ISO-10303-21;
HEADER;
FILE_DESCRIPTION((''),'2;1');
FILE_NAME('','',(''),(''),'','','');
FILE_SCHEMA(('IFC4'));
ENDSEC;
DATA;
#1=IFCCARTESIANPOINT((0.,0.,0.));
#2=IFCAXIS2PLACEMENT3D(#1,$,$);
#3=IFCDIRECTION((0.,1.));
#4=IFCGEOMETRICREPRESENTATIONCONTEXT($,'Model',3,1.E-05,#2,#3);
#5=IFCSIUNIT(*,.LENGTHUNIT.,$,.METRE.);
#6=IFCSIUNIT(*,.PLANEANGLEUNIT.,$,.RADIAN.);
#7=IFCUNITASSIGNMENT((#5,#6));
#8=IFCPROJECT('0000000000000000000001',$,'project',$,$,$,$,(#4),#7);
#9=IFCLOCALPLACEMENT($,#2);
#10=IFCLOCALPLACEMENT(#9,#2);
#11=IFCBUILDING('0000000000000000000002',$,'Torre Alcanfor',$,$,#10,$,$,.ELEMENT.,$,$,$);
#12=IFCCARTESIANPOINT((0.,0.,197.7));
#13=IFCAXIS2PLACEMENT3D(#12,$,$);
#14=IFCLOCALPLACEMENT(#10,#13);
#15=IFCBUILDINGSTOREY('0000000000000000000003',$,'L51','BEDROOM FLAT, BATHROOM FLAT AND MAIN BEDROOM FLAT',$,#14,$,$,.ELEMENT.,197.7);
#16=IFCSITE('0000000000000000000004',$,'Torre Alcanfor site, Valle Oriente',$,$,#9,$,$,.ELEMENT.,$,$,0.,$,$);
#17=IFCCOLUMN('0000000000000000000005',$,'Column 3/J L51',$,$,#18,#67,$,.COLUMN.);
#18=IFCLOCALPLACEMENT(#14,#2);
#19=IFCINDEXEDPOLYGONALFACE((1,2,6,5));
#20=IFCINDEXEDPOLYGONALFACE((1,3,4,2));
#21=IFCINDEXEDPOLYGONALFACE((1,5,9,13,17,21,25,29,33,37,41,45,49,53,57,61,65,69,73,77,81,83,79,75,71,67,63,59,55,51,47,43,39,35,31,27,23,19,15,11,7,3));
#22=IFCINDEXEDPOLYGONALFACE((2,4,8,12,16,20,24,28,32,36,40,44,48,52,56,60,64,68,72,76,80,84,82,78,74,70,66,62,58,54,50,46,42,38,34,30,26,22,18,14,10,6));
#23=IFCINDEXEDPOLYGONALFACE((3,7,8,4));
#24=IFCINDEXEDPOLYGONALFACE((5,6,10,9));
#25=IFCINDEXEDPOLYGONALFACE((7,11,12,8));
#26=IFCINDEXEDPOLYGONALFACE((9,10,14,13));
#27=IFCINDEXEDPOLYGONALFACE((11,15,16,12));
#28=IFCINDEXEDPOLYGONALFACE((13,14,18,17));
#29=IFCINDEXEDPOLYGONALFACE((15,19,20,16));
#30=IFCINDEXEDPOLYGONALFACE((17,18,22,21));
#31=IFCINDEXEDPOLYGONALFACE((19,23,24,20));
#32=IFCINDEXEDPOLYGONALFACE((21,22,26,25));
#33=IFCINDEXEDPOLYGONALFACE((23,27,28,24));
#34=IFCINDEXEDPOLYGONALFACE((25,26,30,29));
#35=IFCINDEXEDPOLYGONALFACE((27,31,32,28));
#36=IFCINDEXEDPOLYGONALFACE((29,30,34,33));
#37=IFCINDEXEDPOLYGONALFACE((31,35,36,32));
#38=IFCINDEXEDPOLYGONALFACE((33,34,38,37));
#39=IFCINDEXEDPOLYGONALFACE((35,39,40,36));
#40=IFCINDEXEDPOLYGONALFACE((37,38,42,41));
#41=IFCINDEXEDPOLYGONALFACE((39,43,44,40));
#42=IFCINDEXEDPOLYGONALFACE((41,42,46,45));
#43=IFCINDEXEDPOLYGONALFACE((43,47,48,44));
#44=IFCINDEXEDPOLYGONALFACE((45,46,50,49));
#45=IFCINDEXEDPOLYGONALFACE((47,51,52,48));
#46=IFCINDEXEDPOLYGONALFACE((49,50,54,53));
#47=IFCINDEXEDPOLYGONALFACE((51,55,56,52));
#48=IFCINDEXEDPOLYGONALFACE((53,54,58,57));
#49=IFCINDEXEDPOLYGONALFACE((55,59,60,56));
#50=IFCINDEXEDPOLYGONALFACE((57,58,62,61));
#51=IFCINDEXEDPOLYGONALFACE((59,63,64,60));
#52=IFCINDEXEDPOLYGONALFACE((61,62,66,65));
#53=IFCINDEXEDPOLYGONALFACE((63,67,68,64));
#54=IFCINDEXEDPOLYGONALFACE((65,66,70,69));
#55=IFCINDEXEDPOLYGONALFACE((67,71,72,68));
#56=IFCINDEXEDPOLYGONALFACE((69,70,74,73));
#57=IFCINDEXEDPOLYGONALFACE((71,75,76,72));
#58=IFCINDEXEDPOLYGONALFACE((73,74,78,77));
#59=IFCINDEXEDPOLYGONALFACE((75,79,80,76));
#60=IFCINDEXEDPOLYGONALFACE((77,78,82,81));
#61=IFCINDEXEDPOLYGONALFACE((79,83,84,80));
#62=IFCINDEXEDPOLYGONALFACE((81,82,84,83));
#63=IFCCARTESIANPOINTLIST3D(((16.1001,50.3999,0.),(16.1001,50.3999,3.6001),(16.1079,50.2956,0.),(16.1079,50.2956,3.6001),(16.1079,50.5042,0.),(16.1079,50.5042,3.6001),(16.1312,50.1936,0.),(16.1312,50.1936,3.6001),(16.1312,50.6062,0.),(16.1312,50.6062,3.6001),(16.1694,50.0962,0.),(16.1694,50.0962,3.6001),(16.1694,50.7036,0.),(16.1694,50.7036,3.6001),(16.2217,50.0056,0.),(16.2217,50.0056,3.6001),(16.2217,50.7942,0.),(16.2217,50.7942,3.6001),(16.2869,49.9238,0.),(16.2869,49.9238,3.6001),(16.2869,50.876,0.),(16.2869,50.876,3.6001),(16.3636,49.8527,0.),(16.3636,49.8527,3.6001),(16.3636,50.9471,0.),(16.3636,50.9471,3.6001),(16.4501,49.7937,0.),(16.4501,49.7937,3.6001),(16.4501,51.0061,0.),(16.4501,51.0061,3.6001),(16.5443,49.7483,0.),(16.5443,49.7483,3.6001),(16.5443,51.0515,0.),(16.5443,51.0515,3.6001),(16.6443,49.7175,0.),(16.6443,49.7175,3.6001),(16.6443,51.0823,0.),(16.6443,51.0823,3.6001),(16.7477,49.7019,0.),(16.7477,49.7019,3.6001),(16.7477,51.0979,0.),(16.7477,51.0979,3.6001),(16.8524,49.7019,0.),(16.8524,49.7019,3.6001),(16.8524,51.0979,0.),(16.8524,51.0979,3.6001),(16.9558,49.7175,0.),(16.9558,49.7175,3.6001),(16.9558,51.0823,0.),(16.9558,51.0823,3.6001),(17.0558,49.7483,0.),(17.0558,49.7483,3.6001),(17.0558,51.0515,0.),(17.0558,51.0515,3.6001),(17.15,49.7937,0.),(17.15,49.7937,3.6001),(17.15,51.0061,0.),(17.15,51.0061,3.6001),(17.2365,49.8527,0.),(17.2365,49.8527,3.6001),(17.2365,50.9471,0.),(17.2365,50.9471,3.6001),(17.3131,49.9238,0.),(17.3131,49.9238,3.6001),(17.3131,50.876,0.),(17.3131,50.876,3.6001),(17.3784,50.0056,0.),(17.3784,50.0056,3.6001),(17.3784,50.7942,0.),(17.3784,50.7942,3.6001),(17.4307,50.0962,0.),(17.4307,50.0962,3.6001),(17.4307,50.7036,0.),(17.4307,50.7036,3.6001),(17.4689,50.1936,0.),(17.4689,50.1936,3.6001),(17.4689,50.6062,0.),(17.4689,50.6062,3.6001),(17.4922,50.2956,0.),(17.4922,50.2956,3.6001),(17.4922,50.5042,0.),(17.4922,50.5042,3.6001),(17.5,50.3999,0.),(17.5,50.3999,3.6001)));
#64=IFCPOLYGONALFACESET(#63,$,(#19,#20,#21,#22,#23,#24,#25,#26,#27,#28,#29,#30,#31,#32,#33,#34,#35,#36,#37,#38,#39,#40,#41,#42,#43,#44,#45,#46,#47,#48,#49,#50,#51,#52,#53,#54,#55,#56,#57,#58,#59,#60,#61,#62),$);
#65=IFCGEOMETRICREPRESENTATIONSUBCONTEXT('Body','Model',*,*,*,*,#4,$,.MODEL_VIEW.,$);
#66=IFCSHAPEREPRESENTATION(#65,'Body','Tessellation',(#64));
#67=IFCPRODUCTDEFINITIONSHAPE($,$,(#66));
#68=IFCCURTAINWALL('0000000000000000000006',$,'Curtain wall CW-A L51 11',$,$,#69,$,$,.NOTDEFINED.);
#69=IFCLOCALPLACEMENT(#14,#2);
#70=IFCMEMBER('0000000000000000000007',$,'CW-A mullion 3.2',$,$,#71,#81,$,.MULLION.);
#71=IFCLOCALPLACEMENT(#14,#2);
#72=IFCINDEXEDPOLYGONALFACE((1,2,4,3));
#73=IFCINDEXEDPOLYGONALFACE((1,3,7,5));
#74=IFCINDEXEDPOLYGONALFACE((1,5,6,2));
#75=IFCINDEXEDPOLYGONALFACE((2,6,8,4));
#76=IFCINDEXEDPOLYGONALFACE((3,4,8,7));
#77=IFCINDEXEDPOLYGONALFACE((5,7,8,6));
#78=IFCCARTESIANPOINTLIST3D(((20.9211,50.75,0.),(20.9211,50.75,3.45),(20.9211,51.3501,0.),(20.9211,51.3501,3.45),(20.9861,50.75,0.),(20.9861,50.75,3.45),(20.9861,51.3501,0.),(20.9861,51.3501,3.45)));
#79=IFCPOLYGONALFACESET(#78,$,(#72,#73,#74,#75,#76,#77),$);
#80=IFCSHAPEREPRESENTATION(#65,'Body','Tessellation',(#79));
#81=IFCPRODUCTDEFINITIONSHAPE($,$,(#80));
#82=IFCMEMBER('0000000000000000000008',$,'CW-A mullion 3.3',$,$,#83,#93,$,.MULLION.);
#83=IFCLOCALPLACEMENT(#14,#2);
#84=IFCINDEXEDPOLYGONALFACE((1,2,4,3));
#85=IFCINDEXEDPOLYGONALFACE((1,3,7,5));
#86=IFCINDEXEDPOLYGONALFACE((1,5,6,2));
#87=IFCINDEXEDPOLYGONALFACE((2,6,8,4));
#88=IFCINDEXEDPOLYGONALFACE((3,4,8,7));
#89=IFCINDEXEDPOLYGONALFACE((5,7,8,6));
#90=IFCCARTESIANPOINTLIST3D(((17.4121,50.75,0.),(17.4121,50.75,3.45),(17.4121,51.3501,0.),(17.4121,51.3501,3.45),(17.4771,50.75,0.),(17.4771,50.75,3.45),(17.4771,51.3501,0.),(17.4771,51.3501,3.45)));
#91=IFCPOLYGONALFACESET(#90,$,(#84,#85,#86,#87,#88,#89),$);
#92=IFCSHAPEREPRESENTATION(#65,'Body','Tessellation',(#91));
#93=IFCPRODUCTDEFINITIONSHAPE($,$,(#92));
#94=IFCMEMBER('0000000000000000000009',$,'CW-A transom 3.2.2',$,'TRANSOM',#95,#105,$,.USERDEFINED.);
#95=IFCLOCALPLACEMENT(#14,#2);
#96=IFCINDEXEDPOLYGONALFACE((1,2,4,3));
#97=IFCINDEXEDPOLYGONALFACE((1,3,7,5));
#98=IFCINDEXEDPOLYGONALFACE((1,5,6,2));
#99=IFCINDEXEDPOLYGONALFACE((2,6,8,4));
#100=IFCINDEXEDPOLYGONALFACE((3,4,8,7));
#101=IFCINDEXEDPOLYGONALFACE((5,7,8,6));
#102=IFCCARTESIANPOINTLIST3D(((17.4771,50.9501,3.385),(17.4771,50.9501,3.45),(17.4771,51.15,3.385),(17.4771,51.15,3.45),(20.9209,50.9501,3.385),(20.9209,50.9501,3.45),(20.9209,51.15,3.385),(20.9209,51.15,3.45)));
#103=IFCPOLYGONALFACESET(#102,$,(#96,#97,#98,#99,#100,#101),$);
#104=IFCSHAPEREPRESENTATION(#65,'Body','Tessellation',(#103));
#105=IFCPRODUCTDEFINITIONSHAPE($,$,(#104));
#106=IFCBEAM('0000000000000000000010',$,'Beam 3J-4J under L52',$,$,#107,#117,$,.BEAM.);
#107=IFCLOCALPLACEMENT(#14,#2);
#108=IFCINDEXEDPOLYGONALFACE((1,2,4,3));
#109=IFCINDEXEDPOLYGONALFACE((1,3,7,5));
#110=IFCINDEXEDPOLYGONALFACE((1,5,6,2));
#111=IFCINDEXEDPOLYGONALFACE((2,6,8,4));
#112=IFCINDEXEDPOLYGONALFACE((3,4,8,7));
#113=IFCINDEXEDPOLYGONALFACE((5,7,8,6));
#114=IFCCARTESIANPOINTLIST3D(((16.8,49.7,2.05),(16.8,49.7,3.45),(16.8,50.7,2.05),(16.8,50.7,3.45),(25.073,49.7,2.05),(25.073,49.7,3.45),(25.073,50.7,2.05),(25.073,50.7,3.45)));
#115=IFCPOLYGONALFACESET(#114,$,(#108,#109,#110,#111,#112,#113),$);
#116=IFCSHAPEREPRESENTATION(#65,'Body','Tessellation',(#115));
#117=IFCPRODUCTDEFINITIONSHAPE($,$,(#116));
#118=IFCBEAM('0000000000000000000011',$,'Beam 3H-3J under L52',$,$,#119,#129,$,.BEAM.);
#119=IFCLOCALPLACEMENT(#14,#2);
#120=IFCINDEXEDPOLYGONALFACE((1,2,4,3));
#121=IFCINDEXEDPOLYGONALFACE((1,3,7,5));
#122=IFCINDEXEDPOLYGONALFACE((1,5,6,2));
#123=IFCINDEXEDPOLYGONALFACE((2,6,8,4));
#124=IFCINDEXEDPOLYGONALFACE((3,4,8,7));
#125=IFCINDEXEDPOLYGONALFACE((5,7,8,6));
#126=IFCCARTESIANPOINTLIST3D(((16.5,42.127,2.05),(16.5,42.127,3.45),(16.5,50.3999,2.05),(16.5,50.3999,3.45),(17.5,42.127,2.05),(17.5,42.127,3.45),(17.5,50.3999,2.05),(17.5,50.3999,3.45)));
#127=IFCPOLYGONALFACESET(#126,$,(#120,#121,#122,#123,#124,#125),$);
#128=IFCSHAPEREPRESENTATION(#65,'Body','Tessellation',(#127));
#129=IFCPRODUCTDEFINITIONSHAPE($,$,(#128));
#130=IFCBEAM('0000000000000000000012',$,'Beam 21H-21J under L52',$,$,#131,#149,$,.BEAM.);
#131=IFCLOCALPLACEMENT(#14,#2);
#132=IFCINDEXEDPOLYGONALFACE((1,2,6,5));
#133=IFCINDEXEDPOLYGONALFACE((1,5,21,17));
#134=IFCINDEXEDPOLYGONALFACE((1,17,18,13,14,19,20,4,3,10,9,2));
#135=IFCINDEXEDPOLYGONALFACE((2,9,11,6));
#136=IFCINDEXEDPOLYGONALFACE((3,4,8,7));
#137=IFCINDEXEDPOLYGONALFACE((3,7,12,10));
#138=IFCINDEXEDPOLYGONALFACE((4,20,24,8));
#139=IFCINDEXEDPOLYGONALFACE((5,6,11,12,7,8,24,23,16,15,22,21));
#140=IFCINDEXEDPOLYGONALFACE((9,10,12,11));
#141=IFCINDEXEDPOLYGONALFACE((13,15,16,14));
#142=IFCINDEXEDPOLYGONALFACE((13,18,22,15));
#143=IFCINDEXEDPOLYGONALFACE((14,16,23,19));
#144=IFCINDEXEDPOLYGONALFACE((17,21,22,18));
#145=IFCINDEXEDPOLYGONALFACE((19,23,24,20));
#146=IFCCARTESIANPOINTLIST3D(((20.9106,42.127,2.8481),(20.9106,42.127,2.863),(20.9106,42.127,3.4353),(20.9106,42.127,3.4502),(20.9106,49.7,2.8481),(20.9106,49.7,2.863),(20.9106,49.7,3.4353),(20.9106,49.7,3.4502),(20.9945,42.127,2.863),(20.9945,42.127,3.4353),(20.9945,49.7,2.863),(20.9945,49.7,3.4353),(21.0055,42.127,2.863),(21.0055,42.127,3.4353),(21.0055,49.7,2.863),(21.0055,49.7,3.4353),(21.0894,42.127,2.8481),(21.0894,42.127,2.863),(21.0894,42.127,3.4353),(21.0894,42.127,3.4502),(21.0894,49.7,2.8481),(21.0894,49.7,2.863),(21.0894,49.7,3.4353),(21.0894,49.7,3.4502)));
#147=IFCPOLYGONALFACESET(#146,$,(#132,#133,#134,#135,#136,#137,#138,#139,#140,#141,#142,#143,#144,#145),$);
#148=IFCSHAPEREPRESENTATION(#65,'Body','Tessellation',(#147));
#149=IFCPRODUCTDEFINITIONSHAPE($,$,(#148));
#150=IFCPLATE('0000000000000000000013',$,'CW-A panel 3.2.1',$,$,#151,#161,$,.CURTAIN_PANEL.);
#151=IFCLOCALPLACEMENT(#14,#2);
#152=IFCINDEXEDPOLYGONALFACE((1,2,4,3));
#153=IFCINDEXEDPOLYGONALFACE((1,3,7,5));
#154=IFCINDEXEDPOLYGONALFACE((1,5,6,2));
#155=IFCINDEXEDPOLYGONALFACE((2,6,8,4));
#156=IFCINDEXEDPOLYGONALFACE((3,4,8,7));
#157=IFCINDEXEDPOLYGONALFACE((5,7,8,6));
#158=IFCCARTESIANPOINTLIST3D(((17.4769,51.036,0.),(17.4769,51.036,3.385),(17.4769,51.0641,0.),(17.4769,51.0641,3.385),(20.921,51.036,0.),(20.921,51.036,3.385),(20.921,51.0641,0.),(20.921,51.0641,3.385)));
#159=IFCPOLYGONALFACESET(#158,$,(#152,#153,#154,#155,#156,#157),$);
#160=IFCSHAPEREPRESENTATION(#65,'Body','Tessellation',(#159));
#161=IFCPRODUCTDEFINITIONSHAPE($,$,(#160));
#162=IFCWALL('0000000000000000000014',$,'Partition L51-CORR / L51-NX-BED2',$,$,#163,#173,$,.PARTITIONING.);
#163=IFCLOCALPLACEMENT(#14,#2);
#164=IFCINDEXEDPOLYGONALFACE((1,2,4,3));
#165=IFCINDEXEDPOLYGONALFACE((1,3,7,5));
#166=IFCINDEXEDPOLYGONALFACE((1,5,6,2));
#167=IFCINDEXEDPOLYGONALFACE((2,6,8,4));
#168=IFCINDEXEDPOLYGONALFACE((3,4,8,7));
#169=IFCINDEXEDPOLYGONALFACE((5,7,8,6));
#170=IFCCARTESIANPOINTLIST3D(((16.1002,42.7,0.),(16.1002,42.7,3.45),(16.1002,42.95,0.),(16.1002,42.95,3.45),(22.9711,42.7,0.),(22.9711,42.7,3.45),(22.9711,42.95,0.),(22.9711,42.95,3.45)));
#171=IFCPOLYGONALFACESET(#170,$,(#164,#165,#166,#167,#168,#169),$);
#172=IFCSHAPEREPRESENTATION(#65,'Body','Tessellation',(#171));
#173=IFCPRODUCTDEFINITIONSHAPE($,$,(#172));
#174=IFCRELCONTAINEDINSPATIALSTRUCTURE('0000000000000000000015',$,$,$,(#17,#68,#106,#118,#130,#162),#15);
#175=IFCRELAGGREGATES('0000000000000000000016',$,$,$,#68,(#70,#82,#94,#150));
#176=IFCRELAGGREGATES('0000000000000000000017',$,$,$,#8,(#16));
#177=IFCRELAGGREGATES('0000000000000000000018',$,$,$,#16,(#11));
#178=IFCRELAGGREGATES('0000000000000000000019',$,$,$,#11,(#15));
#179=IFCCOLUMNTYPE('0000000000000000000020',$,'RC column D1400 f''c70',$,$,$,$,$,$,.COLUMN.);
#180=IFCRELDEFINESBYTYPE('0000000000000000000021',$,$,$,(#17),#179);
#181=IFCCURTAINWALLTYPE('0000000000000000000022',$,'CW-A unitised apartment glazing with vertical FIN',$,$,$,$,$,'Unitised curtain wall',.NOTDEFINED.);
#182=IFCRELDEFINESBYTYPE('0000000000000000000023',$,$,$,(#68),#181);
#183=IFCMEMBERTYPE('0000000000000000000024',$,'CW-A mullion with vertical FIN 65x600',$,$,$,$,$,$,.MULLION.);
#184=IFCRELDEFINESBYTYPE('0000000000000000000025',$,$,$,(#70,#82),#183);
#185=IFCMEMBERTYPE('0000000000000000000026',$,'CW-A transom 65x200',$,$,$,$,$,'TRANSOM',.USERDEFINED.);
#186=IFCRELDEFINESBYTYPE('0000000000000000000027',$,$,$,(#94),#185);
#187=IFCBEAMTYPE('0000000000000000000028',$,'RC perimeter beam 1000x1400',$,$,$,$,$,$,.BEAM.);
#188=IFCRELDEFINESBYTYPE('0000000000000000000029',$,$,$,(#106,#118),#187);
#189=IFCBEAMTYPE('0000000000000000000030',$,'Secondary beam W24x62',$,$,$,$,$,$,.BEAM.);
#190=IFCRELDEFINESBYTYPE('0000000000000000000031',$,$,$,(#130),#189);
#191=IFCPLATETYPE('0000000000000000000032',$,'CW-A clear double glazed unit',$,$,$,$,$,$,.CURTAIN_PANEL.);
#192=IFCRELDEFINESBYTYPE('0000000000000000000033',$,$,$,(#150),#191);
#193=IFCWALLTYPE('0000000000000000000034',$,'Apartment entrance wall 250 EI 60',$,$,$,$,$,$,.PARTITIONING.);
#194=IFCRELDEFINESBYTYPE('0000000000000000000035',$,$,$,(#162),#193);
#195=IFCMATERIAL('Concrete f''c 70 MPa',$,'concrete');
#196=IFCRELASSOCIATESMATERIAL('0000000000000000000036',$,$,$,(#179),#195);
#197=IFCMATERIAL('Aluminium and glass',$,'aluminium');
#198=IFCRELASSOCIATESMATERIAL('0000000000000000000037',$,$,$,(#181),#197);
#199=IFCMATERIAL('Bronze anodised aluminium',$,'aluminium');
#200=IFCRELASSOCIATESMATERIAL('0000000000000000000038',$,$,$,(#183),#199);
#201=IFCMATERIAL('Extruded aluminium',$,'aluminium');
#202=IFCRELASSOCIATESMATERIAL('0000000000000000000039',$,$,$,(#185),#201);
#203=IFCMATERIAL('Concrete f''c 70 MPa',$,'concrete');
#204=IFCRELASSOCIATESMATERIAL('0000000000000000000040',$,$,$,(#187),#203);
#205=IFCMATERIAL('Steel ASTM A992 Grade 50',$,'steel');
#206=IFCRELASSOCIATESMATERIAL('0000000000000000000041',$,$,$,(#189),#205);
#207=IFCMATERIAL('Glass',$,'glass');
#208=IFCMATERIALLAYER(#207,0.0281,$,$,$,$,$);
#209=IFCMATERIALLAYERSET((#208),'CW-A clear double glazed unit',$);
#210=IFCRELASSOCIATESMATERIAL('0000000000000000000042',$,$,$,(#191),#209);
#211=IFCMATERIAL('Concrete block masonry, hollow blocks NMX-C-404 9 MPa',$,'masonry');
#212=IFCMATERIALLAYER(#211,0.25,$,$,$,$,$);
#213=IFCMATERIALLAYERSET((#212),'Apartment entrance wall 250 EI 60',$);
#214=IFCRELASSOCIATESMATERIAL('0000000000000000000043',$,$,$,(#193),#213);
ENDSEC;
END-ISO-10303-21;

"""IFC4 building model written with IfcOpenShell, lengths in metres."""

from ifc_helpers import new_model, si_unit, direction, frame, frame_2d, origin, origin_2d, place, context, subcontext, project, spatial, rectangle, circle, i_section, extrude, material, layer, layer_set, material_profile, profile_set, type_object, element, aggregate, save


model = new_model("IFC4")

# Units and contexts
model_context = context("Model", 3, precision=1e-05, world=origin(), true_north=direction((0.0, 1.0)))
body_context = subcontext(model_context, "Body", "Model", "MODEL_VIEW")
ifc_project = project(units=[si_unit("LENGTHUNIT", "METRE"), si_unit("PLANEANGLEUNIT", "RADIAN")], contexts=[model_context])

# Site, building, storey
site_placement = place(None, origin())
site = spatial("IfcSite", under=ifc_project, at=site_placement, Name="Torre Alcanfor site, Valle Oriente", CompositionType="ELEMENT", RefElevation=0.0)
building_placement = place(site_placement, origin())
building = spatial("IfcBuilding", under=site, at=building_placement, Name="Torre Alcanfor", CompositionType="ELEMENT")
storey_placement = place(building_placement, frame((0.0, 0.0, 197.7)))
storey = spatial("IfcBuildingStorey", under=building, at=storey_placement, Name="L51", Description="BEDROOM FLAT, BATHROOM FLAT AND MAIN BEDROOM FLAT", CompositionType="ELEMENT", Elevation=197.7)

# Column
ifc_material_1 = material(Name="Concrete f'c 70 MPa", Category="concrete")
ifc_material_profile_1 = material_profile(ifc_material_1, circle(Radius=0.7, at=origin_2d()), Name="D1400")
ifc_profile_set_1 = profile_set([ifc_material_profile_1], Name="Concrete f'c 70 MPa")
column_type = type_object("IfcColumnType", Name="RC column D1400 f'c70", PredefinedType="COLUMN", material=ifc_profile_set_1)
column_placement = place(storey_placement, frame((16.8, 50.3999, 0.0), z_axis=(0.0, 0.0, 1.0), x_axis=(1.0, 0.0, 0.0)))
element("IfcColumn", 1, at=column_placement, inside=storey, type_object=column_type, Name="Column 3/J L51", PredefinedType="COLUMN", context=body_context, shape_type="SweptSolid", body=[
    extrude(circle(Radius=0.7, at=origin_2d()), origin(), (0.0, 0.0, 1.0), 3.6001),
])

# Curtain wall, members
ifc_material_2 = material(Name="Aluminium and glass", Category="aluminium")
curtain_wall_type = type_object("IfcCurtainWallType", Name="CW-A unitised apartment glazing with vertical FIN", ElementType="Unitised curtain wall", PredefinedType="NOTDEFINED", material=ifc_material_2)
curtain_wall_placement = place(storey_placement, origin())
curtain_wall = element("IfcCurtainWall", 2, at=curtain_wall_placement, inside=storey, type_object=curtain_wall_type, Name="Curtain wall CW-A L51 11", PredefinedType="NOTDEFINED")
ifc_material_3 = material(Name="Bronze anodised aluminium", Category="aluminium")
ifc_material_profile_2 = material_profile(ifc_material_3, rectangle(XDim=0.6001, YDim=0.0649, at=origin_2d()), Name="CW-A mullion 65x600")
ifc_profile_set_2 = profile_set([ifc_material_profile_2], Name="Bronze anodised aluminium")
member_type_1 = type_object("IfcMemberType", Name="CW-A mullion with vertical FIN 65x600", PredefinedType="MULLION", material=ifc_profile_set_2)
member_1_placement = place(storey_placement, frame((20.9536, 51.05, 0.0), z_axis=(0.0, 0.0, 1.0), x_axis=(0.0, -1.0, 0.0)))
member_1 = element("IfcMember", 3, at=member_1_placement, type_object=member_type_1, Name="CW-A mullion 3.2", PredefinedType="MULLION", context=body_context, shape_type="SweptSolid", body=[
    extrude(rectangle(XDim=0.6001, YDim=0.0649, at=origin_2d()), origin(), (0.0, 0.0, 1.0), 3.45),
])
member_2_placement = place(storey_placement, frame((17.4446, 51.05, 0.0), z_axis=(0.0, 0.0, 1.0), x_axis=(0.0, -1.0, 0.0)))
member_2 = element("IfcMember", 4, at=member_2_placement, type_object=member_type_1, Name="CW-A mullion 3.3", PredefinedType="MULLION", context=body_context, shape_type="SweptSolid", body=[
    extrude(rectangle(XDim=0.6001, YDim=0.0649, at=origin_2d()), origin(), (0.0, 0.0, 1.0), 3.45),
])
ifc_material_4 = material(Name="Extruded aluminium", Category="aluminium")
ifc_material_profile_3 = material_profile(ifc_material_4, rectangle(XDim=0.2, YDim=0.0649, at=origin_2d()), Name="CW-A transom 200x65")
ifc_profile_set_3 = profile_set([ifc_material_profile_3], Name="Extruded aluminium")
member_type_2 = type_object("IfcMemberType", Name="CW-A transom 65x200", ElementType="TRANSOM", PredefinedType="USERDEFINED", material=ifc_profile_set_3)
member_3_placement = place(storey_placement, frame((20.9209, 51.05, 3.4175), z_axis=(-1.0, 0.0, 0.0), x_axis=(0.0, -1.0, 0.0)))
member_3 = element("IfcMember", 5, at=member_3_placement, type_object=member_type_2, Name="CW-A transom 3.2.2", ObjectType="TRANSOM", PredefinedType="USERDEFINED", context=body_context, shape_type="SweptSolid", body=[
    extrude(rectangle(XDim=0.2, YDim=0.0649, at=origin_2d()), origin(), (0.0, 0.0, 1.0), 3.4438),
])

# Beams
ifc_material_5 = material(Name="Concrete f'c 70 MPa", Category="concrete")
ifc_material_profile_4 = material_profile(ifc_material_5, rectangle(XDim=1.0, YDim=1.3999, at=origin_2d()), Name="1000x1400")
ifc_profile_set_4 = profile_set([ifc_material_profile_4], Name="Concrete f'c 70 MPa")
beam_type_1 = type_object("IfcBeamType", Name="RC perimeter beam 1000x1400", PredefinedType="BEAM", material=ifc_profile_set_4)
for number, where, z_axis, x_axis, name in (
    (6, (16.8, 50.2, 2.75), (1.0, 0.0, 0.0), (0.0, 1.0, 0.0), "Beam 3J-4J under L52"),
    (7, (17.0, 42.127, 2.75), (0.0, 1.0, 0.0), (-1.0, 0.0, 0.0), "Beam 3H-3J under L52"),
):
    element("IfcBeam", number, at=place(storey_placement, frame(where, z_axis=z_axis, x_axis=x_axis)), inside=storey, type_object=beam_type_1, Name=name, PredefinedType="BEAM", context=body_context, shape_type="SweptSolid", body=[
        extrude(rectangle(XDim=1.0, YDim=1.3999, at=origin_2d()), origin(), (0.0, 0.0, 1.0), 8.2729),
    ])
ifc_material_6 = material(Name="Steel ASTM A992 Grade 50", Category="steel")
ifc_material_profile_5 = material_profile(ifc_material_6, i_section(OverallWidth=0.1787, OverallDepth=0.6021, WebThickness=0.011, FlangeThickness=0.0149, at=origin_2d()), Name="W24x62")
ifc_profile_set_5 = profile_set([ifc_material_profile_5], Name="Steel ASTM A992 Grade 50")
beam_type_2 = type_object("IfcBeamType", Name="Secondary beam W24x62", PredefinedType="BEAM", material=ifc_profile_set_5)
beam_placement = place(storey_placement, frame((21.0, 42.127, 3.1492), z_axis=(0.0, 1.0, 0.0), x_axis=(-1.0, 0.0, 0.0)))
element("IfcBeam", 8, at=beam_placement, inside=storey, type_object=beam_type_2, Name="Beam 21H-21J under L52", PredefinedType="BEAM", context=body_context, shape_type="SweptSolid", body=[
    extrude(i_section(OverallWidth=0.1787, OverallDepth=0.6021, WebThickness=0.011, FlangeThickness=0.0149, at=origin_2d()), origin(), (0.0, 0.0, 1.0), 7.573),
])

# Plate
ifc_material_7 = material(Name="Glass", Category="glass")
ifc_layer_1 = layer(ifc_material_7, 0.0281)
ifc_layer_set_1 = layer_set([ifc_layer_1], Name="CW-A clear double glazed unit")
plate_type = type_object("IfcPlateType", Name="CW-A clear double glazed unit", PredefinedType="CURTAIN_PANEL", material=ifc_layer_set_1)
plate_placement = place(storey_placement, frame((19.199, 51.05, 0.0), z_axis=(0.0, 0.0, 1.0), x_axis=(-1.0, 0.0, 0.0)))
plate = element("IfcPlate", 9, at=plate_placement, type_object=plate_type, Name="CW-A panel 3.2.1", PredefinedType="CURTAIN_PANEL", context=body_context, shape_type="SweptSolid", body=[
    extrude(rectangle(XDim=3.4441, YDim=0.0281, at=origin_2d()), origin(), (0.0, 0.0, 1.0), 3.385),
])
aggregate(curtain_wall, [member_1, member_2, member_3, plate])

# Wall
ifc_material_8 = material(Name="Concrete block masonry, hollow blocks NMX-C-404 9 MPa", Category="masonry")
ifc_layer_2 = layer(ifc_material_8, 0.25)
ifc_layer_set_2 = layer_set([ifc_layer_2], Name="Apartment entrance wall 250 EI 60")
wall_type_1 = type_object("IfcWallType", Name="Apartment entrance wall 250 EI 60", PredefinedType="PARTITIONING", material=ifc_layer_set_2)
wall_1_placement = place(storey_placement, frame((16.1001, 42.825, 0.0), z_axis=(0.0, 0.0, 1.0), x_axis=(1.0, 0.0, 0.0)))
element("IfcWall", 10, at=wall_1_placement, inside=storey, type_object=wall_type_1, Name="Partition L51-CORR / L51-NX-BED2", PredefinedType="PARTITIONING", context=body_context, shape_type="SweptSolid", body=[
    extrude(rectangle(XDim=6.8708, YDim=0.25, at=frame_2d((3.4355, 0.0))), origin(), (0.0, 0.0, 1.0), 3.45),
])

save(model, "model.ifc")
